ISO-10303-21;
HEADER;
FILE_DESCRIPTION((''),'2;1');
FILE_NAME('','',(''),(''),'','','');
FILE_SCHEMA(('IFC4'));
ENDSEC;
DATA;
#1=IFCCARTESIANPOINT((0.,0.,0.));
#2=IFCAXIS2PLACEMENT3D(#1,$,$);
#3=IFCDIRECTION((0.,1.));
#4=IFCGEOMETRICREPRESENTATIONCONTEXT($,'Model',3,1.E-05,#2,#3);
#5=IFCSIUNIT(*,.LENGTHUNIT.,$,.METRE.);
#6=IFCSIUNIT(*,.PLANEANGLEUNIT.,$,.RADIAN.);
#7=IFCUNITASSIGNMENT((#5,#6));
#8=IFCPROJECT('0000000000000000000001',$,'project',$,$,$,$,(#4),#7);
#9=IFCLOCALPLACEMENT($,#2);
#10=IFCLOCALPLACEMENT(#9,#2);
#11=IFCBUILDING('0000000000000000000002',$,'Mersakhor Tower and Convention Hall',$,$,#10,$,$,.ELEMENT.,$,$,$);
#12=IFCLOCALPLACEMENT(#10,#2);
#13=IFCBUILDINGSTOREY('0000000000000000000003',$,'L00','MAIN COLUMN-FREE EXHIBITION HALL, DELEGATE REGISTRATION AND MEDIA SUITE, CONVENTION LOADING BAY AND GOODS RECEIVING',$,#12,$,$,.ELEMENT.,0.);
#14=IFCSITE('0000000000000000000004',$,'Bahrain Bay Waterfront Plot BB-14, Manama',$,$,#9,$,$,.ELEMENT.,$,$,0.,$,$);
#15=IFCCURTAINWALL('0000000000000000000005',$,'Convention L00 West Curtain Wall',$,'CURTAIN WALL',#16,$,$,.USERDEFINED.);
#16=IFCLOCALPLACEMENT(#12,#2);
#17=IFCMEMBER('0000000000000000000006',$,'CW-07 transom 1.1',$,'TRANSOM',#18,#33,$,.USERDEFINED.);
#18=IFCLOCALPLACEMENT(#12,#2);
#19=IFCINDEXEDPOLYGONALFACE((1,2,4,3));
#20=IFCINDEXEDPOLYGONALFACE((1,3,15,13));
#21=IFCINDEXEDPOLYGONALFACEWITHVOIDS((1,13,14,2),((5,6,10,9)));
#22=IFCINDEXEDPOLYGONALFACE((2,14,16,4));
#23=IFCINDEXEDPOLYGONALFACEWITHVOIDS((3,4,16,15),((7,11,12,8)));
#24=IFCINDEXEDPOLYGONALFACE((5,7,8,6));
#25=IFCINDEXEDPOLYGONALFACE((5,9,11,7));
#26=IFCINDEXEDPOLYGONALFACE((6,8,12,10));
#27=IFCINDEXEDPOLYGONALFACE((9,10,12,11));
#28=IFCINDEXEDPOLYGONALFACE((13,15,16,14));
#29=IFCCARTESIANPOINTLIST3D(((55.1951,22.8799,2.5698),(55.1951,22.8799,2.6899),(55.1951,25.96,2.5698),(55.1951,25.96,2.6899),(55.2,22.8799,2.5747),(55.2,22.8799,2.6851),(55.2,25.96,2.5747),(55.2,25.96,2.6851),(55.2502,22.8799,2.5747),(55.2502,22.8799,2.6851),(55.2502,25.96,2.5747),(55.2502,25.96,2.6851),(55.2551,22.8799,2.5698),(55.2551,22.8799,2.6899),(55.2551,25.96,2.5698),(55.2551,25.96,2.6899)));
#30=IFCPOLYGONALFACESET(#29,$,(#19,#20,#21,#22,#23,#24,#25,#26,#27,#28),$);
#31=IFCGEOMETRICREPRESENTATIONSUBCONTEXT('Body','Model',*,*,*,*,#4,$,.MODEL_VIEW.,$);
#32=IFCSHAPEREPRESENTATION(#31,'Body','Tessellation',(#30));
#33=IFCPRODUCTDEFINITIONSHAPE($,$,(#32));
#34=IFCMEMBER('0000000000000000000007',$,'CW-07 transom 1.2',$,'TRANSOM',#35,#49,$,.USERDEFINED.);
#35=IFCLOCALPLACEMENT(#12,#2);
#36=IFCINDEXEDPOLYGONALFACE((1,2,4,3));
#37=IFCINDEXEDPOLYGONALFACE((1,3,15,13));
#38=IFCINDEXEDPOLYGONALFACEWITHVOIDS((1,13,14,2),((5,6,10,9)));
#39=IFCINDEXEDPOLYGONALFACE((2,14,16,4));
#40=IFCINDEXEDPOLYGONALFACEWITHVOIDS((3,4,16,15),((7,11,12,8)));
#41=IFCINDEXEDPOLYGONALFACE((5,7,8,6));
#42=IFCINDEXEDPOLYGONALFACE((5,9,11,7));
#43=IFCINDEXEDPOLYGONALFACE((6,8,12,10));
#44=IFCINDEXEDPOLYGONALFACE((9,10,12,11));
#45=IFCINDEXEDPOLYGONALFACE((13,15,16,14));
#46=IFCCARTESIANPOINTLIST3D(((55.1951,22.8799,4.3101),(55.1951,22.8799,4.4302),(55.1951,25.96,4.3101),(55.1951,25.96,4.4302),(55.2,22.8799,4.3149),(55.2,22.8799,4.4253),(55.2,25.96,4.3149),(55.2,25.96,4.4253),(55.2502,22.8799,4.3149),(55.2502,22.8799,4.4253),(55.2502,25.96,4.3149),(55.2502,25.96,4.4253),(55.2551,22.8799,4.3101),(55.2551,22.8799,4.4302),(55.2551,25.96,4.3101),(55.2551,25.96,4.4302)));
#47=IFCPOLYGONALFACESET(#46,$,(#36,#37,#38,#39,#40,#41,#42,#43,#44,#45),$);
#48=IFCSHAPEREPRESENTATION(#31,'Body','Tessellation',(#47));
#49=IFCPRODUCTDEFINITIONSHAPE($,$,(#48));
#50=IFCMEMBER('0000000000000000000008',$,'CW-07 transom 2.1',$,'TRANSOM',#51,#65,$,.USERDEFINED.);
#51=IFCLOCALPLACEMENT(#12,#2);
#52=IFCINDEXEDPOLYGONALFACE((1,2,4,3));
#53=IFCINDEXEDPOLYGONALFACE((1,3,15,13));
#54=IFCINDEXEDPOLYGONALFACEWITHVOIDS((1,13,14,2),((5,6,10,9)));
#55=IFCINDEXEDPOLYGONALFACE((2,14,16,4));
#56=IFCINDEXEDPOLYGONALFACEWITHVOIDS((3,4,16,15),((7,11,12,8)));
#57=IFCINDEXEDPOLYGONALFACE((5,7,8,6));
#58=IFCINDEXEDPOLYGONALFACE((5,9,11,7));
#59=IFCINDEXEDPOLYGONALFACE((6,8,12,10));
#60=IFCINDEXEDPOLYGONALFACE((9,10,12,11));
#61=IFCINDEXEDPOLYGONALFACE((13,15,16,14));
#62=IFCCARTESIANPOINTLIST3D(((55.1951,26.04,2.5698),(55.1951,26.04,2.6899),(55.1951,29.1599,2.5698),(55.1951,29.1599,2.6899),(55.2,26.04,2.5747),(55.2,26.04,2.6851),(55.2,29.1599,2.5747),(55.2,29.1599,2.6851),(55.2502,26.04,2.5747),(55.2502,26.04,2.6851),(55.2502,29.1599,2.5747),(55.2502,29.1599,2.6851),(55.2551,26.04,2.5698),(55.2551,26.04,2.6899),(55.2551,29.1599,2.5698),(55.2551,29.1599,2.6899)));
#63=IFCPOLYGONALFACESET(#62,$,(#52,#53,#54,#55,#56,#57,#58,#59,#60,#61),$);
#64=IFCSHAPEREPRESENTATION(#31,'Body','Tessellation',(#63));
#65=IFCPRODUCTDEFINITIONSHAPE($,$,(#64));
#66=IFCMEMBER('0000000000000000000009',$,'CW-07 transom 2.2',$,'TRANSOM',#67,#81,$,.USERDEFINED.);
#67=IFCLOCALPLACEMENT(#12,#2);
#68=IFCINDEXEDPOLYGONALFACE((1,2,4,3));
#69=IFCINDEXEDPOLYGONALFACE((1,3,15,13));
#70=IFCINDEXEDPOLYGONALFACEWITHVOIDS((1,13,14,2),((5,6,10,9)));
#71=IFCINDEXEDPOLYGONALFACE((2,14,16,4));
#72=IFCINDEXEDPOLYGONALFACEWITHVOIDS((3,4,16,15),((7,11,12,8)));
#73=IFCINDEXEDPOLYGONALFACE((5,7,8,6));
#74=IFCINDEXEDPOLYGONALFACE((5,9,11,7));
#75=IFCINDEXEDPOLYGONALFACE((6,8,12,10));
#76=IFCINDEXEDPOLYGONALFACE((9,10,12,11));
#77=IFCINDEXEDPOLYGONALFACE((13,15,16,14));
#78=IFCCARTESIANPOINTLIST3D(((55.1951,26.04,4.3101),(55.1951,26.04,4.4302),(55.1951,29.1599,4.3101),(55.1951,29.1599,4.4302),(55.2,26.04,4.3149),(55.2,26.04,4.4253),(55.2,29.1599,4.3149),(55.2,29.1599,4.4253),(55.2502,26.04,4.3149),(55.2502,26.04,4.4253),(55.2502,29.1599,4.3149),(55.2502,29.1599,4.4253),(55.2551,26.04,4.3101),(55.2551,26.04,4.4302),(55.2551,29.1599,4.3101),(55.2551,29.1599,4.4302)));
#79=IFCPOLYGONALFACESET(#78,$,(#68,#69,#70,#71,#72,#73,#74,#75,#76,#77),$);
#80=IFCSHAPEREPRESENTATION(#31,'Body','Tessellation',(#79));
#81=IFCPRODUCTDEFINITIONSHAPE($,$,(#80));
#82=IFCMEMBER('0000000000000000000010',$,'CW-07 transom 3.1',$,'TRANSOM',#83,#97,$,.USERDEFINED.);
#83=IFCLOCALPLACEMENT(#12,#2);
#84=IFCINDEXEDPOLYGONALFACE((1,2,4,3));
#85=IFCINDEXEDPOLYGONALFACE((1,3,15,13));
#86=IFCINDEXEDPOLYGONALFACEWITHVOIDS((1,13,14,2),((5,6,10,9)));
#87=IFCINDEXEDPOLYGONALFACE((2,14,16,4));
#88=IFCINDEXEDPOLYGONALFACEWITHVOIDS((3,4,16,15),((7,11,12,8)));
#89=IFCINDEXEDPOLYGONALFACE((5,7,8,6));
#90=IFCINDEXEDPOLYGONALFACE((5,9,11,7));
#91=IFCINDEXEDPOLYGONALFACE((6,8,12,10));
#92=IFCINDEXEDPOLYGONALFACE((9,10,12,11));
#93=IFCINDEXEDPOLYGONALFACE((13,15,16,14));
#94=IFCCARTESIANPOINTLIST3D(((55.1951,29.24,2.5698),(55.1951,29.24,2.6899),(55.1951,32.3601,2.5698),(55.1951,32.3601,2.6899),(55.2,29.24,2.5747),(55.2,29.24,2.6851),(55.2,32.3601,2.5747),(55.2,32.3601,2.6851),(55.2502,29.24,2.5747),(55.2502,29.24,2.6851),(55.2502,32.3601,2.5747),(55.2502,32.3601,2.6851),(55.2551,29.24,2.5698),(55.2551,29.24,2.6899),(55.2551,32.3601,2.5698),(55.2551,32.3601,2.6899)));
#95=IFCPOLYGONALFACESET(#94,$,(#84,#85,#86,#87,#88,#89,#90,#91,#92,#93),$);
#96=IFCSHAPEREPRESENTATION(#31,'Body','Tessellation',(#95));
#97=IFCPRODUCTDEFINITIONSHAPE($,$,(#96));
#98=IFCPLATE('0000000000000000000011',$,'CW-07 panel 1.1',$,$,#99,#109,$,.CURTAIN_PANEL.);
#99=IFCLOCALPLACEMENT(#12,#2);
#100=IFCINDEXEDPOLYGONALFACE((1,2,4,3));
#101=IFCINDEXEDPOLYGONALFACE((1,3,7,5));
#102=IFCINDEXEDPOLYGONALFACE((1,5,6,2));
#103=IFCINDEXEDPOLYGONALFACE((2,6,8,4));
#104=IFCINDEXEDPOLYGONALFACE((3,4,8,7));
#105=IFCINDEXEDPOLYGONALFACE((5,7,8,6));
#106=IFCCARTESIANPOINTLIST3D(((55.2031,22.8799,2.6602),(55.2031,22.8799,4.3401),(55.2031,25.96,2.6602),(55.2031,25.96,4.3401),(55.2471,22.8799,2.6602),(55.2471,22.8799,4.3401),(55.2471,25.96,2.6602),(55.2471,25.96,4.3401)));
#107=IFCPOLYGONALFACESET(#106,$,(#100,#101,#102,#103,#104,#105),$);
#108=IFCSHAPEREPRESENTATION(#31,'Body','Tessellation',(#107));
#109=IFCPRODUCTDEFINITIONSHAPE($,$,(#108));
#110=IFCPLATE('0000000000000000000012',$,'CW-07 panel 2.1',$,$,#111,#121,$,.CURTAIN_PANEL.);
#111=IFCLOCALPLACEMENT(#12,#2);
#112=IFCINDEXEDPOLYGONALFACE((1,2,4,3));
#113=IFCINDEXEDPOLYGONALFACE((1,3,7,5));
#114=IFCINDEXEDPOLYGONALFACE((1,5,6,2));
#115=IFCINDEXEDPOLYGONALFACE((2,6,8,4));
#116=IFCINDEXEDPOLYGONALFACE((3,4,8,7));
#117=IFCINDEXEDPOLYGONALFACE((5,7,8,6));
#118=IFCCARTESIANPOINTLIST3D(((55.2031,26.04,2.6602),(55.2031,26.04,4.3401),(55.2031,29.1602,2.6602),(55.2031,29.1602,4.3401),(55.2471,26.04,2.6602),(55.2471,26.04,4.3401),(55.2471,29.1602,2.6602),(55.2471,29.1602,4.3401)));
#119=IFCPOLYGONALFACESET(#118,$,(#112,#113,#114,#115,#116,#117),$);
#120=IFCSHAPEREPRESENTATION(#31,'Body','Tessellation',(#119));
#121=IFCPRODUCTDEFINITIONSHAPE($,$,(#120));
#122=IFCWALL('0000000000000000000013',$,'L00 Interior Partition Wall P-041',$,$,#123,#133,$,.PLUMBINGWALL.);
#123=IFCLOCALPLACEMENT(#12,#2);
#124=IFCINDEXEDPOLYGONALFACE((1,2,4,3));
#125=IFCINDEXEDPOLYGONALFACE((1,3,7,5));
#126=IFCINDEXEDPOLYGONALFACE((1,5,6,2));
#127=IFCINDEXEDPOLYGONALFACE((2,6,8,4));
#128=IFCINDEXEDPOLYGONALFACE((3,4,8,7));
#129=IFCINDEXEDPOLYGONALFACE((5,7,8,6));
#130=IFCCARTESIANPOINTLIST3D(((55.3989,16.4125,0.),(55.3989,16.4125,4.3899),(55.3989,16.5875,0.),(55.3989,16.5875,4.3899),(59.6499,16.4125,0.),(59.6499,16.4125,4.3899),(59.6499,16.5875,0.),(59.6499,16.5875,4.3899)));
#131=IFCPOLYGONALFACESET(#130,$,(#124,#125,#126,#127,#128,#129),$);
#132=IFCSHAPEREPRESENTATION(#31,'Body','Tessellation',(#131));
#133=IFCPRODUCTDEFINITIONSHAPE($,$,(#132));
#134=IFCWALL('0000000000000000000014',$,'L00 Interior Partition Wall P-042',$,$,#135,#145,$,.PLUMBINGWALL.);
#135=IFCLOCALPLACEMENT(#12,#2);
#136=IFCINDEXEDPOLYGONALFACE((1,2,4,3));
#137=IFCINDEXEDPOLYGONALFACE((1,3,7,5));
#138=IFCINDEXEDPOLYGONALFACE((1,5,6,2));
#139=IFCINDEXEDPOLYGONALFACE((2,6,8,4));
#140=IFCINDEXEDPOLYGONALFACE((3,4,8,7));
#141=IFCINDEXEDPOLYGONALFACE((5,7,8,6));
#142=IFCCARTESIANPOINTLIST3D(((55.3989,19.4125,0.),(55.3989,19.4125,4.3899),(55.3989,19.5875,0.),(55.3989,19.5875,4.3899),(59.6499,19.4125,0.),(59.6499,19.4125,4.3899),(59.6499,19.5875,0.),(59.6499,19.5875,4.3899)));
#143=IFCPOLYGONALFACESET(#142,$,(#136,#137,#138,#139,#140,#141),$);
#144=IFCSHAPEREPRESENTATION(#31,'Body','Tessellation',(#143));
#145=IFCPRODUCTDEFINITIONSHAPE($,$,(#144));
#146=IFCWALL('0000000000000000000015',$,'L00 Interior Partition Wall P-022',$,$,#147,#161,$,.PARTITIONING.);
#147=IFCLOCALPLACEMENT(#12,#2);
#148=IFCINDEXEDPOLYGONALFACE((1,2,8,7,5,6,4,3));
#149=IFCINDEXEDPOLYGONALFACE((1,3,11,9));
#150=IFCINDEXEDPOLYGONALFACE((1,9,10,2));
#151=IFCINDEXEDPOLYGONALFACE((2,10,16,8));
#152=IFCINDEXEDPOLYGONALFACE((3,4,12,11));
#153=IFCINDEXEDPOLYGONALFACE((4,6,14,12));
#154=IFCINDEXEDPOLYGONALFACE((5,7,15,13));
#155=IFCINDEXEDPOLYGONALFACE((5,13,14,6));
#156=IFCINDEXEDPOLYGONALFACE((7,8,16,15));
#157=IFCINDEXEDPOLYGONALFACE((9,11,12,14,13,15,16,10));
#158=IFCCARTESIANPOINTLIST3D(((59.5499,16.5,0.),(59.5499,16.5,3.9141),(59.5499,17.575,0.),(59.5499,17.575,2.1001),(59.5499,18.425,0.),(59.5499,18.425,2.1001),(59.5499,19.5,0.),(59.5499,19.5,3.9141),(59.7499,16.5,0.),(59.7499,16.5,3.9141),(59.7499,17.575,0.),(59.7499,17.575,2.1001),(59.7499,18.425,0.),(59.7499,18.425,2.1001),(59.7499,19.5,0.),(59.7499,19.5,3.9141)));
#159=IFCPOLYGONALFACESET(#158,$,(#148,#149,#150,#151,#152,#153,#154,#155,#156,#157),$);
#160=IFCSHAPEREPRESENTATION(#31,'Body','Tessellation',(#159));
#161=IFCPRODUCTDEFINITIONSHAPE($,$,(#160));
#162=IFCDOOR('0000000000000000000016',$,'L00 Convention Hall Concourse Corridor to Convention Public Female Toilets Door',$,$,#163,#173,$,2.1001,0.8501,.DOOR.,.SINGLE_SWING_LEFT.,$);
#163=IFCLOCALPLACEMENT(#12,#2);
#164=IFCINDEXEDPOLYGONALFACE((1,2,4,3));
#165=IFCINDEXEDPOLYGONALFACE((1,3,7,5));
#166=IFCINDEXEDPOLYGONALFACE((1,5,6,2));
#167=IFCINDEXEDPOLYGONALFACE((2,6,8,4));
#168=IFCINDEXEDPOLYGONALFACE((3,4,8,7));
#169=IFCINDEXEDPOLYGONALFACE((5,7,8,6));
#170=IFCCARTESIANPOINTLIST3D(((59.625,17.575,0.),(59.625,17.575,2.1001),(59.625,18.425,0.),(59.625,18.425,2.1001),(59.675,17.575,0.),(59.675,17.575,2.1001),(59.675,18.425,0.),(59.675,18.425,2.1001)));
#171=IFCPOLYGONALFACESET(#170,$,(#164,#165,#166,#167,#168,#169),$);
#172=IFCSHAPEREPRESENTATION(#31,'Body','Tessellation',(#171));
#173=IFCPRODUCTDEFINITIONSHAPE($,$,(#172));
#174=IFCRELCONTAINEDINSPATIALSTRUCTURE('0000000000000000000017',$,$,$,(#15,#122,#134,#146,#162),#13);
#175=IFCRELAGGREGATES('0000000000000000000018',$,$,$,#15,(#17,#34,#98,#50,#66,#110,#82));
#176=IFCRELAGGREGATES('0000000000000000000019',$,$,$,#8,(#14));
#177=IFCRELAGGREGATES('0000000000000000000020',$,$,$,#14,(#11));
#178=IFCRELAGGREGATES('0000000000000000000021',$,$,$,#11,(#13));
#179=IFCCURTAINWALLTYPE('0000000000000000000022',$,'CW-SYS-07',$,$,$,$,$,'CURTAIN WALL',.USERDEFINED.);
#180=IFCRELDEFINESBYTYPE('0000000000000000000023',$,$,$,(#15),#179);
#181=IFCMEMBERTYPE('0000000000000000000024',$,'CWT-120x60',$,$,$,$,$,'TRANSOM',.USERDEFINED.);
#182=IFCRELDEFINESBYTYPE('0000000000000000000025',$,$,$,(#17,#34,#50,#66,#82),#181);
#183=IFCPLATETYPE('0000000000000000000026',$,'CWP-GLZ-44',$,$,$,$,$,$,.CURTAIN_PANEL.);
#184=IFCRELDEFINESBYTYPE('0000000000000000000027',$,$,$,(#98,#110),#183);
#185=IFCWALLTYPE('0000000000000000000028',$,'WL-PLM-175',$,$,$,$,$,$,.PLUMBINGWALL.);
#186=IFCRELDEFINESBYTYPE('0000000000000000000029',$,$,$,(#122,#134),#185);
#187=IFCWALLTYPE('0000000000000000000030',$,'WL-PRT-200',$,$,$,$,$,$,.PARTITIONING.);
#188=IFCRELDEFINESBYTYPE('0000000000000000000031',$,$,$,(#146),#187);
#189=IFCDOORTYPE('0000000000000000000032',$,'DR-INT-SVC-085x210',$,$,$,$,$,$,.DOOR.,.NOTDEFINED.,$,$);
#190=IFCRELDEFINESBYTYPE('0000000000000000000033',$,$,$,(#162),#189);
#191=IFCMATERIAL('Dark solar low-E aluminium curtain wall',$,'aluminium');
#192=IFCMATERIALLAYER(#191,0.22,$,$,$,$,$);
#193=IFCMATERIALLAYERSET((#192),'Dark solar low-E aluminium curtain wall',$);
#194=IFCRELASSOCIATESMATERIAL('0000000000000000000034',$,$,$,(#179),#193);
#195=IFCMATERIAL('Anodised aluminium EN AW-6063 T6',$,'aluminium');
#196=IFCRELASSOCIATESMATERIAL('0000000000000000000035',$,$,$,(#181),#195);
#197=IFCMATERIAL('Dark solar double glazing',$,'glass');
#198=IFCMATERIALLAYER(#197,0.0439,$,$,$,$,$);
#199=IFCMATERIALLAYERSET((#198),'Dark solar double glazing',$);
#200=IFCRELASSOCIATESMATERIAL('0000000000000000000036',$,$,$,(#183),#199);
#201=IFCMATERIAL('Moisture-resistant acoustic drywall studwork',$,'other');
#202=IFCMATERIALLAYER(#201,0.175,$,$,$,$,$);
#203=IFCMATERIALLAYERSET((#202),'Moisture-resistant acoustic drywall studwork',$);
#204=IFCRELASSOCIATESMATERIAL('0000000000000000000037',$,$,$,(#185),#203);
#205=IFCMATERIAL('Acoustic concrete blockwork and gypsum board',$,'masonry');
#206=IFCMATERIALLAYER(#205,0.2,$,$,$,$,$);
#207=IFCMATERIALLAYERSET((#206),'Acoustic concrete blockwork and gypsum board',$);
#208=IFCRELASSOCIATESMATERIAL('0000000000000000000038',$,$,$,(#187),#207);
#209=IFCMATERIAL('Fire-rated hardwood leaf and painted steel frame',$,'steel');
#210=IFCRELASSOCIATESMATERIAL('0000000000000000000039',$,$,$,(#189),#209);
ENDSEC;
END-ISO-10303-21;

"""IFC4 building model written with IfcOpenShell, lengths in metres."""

from ifc_helpers import new_model, si_unit, direction, frame, frame_2d, origin, origin_2d, place, context, subcontext, project, spatial, rectangle, hollow_rectangle, extrude, material, layer, layer_set, material_profile, profile_set, type_object, element, fill, aggregate, save


model = new_model("IFC4")

# Units and contexts
model_context = context("Model", 3, precision=1e-05, world=origin(), true_north=direction((0.0, 1.0)))
body_context = subcontext(model_context, "Body", "Model", "MODEL_VIEW")
ifc_project = project(units=[si_unit("LENGTHUNIT", "METRE"), si_unit("PLANEANGLEUNIT", "RADIAN")], contexts=[model_context])

# Site, building, storey
site_placement = place(None, origin())
site = spatial("IfcSite", under=ifc_project, at=site_placement, Name="Bahrain Bay Waterfront Plot BB-14, Manama", CompositionType="ELEMENT", RefElevation=0.0)
building_placement = place(site_placement, origin())
building = spatial("IfcBuilding", under=site, at=building_placement, Name="Mersakhor Tower and Convention Hall", CompositionType="ELEMENT")
storey_placement = place(building_placement, origin())
storey = spatial("IfcBuildingStorey", under=building, at=storey_placement, Name="L00", Description="MAIN COLUMN-FREE EXHIBITION HALL, DELEGATE REGISTRATION AND MEDIA SUITE, CONVENTION LOADING BAY AND GOODS RECEIVING", CompositionType="ELEMENT", Elevation=0.0)

# Curtain wall, members, plates
ifc_material_1 = material(Name="Dark solar low-E aluminium curtain wall", Category="aluminium")
ifc_layer_1 = layer(ifc_material_1, 0.22)
ifc_layer_set_1 = layer_set([ifc_layer_1], Name="Dark solar low-E aluminium curtain wall")
curtain_wall_type = type_object("IfcCurtainWallType", Name="CW-SYS-07", ElementType="CURTAIN WALL", PredefinedType="USERDEFINED", material=ifc_layer_set_1)
curtain_wall_placement = place(storey_placement, origin())
curtain_wall = element("IfcCurtainWall", 1, at=curtain_wall_placement, inside=storey, type_object=curtain_wall_type, Name="Convention L00 West Curtain Wall", ObjectType="CURTAIN WALL", PredefinedType="USERDEFINED")
ifc_material_2 = material(Name="Anodised aluminium EN AW-6063 T6", Category="aluminium")
ifc_material_profile_1 = material_profile(ifc_material_2, hollow_rectangle(XDim=0.0601, YDim=0.1201, WallThickness=0.0049, at=origin_2d()), Name="RHS 120x60x5")
ifc_profile_set_1 = profile_set([ifc_material_profile_1], Name="Anodised aluminium EN AW-6063 T6")
member_type_1 = type_object("IfcMemberType", Name="CWT-120x60", ElementType="TRANSOM", PredefinedType="USERDEFINED", material=ifc_profile_set_1)
member_1_placement = place(storey_placement, frame((55.2251, 22.8799, 2.6299), z_axis=(0.0, 1.0, 0.0), x_axis=(-1.0, 0.0, 0.0)))
member_1 = element("IfcMember", 2, at=member_1_placement, type_object=member_type_1, Name="CW-07 transom 1.1", ObjectType="TRANSOM", PredefinedType="USERDEFINED", context=body_context, shape_type="SweptSolid", body=[
    extrude(hollow_rectangle(XDim=0.0601, YDim=0.1201, WallThickness=0.0049, at=origin_2d()), origin(), (0.0, 0.0, 1.0), 3.0801),
])
member_2_placement = place(storey_placement, frame((55.2251, 22.8799, 4.3701), z_axis=(0.0, 1.0, 0.0), x_axis=(-1.0, 0.0, 0.0)))
member_2 = element("IfcMember", 3, at=member_2_placement, type_object=member_type_1, Name="CW-07 transom 1.2", ObjectType="TRANSOM", PredefinedType="USERDEFINED", context=body_context, shape_type="SweptSolid", body=[
    extrude(hollow_rectangle(XDim=0.0601, YDim=0.1201, WallThickness=0.0049, at=origin_2d()), origin(), (0.0, 0.0, 1.0), 3.0801),
])
member_3_placement = place(storey_placement, frame((55.2251, 26.04, 2.6299), z_axis=(0.0, 1.0, 0.0), x_axis=(-1.0, 0.0, 0.0)))
member_3 = element("IfcMember", 4, at=member_3_placement, type_object=member_type_1, Name="CW-07 transom 2.1", ObjectType="TRANSOM", PredefinedType="USERDEFINED", context=body_context, shape_type="SweptSolid", body=[
    extrude(hollow_rectangle(XDim=0.0601, YDim=0.1201, WallThickness=0.0049, at=origin_2d()), origin(), (0.0, 0.0, 1.0), 3.1199),
])
member_4_placement = place(storey_placement, frame((55.2251, 26.04, 4.3701), z_axis=(0.0, 1.0, 0.0), x_axis=(-1.0, 0.0, 0.0)))
member_4 = element("IfcMember", 5, at=member_4_placement, type_object=member_type_1, Name="CW-07 transom 2.2", ObjectType="TRANSOM", PredefinedType="USERDEFINED", context=body_context, shape_type="SweptSolid", body=[
    extrude(hollow_rectangle(XDim=0.0601, YDim=0.1201, WallThickness=0.0049, at=origin_2d()), origin(), (0.0, 0.0, 1.0), 3.1199),
])
member_5_placement = place(storey_placement, frame((55.2251, 29.24, 2.6299), z_axis=(0.0, 1.0, 0.0), x_axis=(-1.0, 0.0, 0.0)))
member_5 = element("IfcMember", 6, at=member_5_placement, type_object=member_type_1, Name="CW-07 transom 3.1", ObjectType="TRANSOM", PredefinedType="USERDEFINED", context=body_context, shape_type="SweptSolid", body=[
    extrude(hollow_rectangle(XDim=0.0601, YDim=0.1201, WallThickness=0.0049, at=origin_2d()), origin(), (0.0, 0.0, 1.0), 3.1201),
])
ifc_material_3 = material(Name="Dark solar double glazing", Category="glass")
ifc_layer_2 = layer(ifc_material_3, 0.0439)
ifc_layer_set_2 = layer_set([ifc_layer_2], Name="Dark solar double glazing")
plate_type = type_object("IfcPlateType", Name="CWP-GLZ-44", PredefinedType="CURTAIN_PANEL", material=ifc_layer_set_2)
plate_1_placement = place(storey_placement, frame((55.2251, 24.4199, 2.6602), z_axis=(0.0, 0.0, 1.0), x_axis=(0.0, 1.0, 0.0)))
plate_1 = element("IfcPlate", 7, at=plate_1_placement, type_object=plate_type, Name="CW-07 panel 1.1", PredefinedType="CURTAIN_PANEL", context=body_context, shape_type="SweptSolid", body=[
    extrude(rectangle(XDim=3.0801, YDim=0.0439, at=origin_2d()), origin(), (0.0, 0.0, 1.0), 1.6799),
])
plate_2_placement = place(storey_placement, frame((55.2251, 27.6001, 2.6602), z_axis=(0.0, 0.0, 1.0), x_axis=(0.0, 1.0, 0.0)))
plate_2 = element("IfcPlate", 8, at=plate_2_placement, type_object=plate_type, Name="CW-07 panel 2.1", PredefinedType="CURTAIN_PANEL", context=body_context, shape_type="SweptSolid", body=[
    extrude(rectangle(XDim=3.1201, YDim=0.0439, at=origin_2d()), origin(), (0.0, 0.0, 1.0), 1.6799),
])
aggregate(curtain_wall, [member_1, member_2, plate_1, member_3, member_4, plate_2, member_5])

# Walls
ifc_material_4 = material(Name="Moisture-resistant acoustic drywall studwork", Category="other")
ifc_layer_3 = layer(ifc_material_4, 0.175)
ifc_layer_set_3 = layer_set([ifc_layer_3], Name="Moisture-resistant acoustic drywall studwork")
wall_type_1 = type_object("IfcWallType", Name="WL-PLM-175", PredefinedType="PLUMBINGWALL", material=ifc_layer_set_3)
for number, where, z_axis, x_axis, name in (
    (9, (55.3989, 16.5, 0.0), (0.0, 0.0, 1.0), (1.0, 0.0, 0.0), "L00 Interior Partition Wall P-041"),
    (10, (55.3989, 19.5, 0.0), (0.0, 0.0, 1.0), (1.0, 0.0, 0.0), "L00 Interior Partition Wall P-042"),
):
    element("IfcWall", number, at=place(storey_placement, frame(where, z_axis=z_axis, x_axis=x_axis)), inside=storey, type_object=wall_type_1, Name=name, PredefinedType="PLUMBINGWALL", context=body_context, shape_type="SweptSolid", body=[
        extrude(rectangle(XDim=4.251, YDim=0.175, at=frame_2d((2.1255, 0.0))), origin(), (0.0, 0.0, 1.0), 4.3899),
    ])

# Wall, opening, door
ifc_material_5 = material(Name="Acoustic concrete blockwork and gypsum board", Category="masonry")
ifc_layer_4 = layer(ifc_material_5, 0.2)
ifc_layer_set_4 = layer_set([ifc_layer_4], Name="Acoustic concrete blockwork and gypsum board")
wall_type_2 = type_object("IfcWallType", Name="WL-PRT-200", PredefinedType="PARTITIONING", material=ifc_layer_set_4)
wall_1_placement = place(storey_placement, frame((59.6499, 16.5, 0.0), z_axis=(0.0, 0.0, 1.0), x_axis=(0.0, 1.0, 0.0)))
wall_1 = element("IfcWall", 11, at=wall_1_placement, inside=storey, type_object=wall_type_2, Name="L00 Interior Partition Wall P-022", PredefinedType="PARTITIONING", context=body_context, shape_type="SweptSolid", body=[
    extrude(rectangle(XDim=3.0, YDim=0.2, at=frame_2d((1.5, 0.0))), origin(), (0.0, 0.0, 1.0), 3.9141),
])
opening_1_placement = place(wall_1_placement, frame((1.075, 0.0, 0.0)))
opening_1 = element("IfcOpeningElement", 12, at=opening_1_placement, cuts=wall_1, PredefinedType="OPENING", context=body_context, shape_type="SweptSolid", body=[
    extrude(rectangle(XDim=0.8501, YDim=2.1001, at=frame_2d((0.425, 1.05))), frame((0.0, 0.1099, 0.0), z_axis=(0.0, -1.0, 0.0), x_axis=(1.0, 0.0, 0.0)), (0.0, 0.0, 1.0), 0.22),
])
ifc_material_6 = material(Name="Fire-rated hardwood leaf and painted steel frame", Category="steel")
door_type_1 = type_object("IfcDoorType", Name="DR-INT-SVC-085x210", OperationType="NOTDEFINED", PredefinedType="DOOR", material=ifc_material_6)
door_1_placement = place(opening_1_placement, origin())
door_1 = element("IfcDoor", 13, at=door_1_placement, inside=storey, type_object=door_type_1, Name="L00 Convention Hall Concourse Corridor to Convention Public Female Toilets Door", OperationType="SINGLE_SWING_LEFT", OverallHeight=2.1001, OverallWidth=0.8501, PredefinedType="DOOR", context=body_context, shape_type="SweptSolid", body=[
    extrude(rectangle(XDim=0.8501, YDim=2.1001, at=frame_2d((0.425, 1.05))), frame((0.0, 0.0249, 0.0), z_axis=(0.0, -1.0, 0.0), x_axis=(1.0, 0.0, 0.0)), (0.0, 0.0, 1.0), 0.05),
])
fill(opening_1, door_1)

save(model, "model.ifc")
